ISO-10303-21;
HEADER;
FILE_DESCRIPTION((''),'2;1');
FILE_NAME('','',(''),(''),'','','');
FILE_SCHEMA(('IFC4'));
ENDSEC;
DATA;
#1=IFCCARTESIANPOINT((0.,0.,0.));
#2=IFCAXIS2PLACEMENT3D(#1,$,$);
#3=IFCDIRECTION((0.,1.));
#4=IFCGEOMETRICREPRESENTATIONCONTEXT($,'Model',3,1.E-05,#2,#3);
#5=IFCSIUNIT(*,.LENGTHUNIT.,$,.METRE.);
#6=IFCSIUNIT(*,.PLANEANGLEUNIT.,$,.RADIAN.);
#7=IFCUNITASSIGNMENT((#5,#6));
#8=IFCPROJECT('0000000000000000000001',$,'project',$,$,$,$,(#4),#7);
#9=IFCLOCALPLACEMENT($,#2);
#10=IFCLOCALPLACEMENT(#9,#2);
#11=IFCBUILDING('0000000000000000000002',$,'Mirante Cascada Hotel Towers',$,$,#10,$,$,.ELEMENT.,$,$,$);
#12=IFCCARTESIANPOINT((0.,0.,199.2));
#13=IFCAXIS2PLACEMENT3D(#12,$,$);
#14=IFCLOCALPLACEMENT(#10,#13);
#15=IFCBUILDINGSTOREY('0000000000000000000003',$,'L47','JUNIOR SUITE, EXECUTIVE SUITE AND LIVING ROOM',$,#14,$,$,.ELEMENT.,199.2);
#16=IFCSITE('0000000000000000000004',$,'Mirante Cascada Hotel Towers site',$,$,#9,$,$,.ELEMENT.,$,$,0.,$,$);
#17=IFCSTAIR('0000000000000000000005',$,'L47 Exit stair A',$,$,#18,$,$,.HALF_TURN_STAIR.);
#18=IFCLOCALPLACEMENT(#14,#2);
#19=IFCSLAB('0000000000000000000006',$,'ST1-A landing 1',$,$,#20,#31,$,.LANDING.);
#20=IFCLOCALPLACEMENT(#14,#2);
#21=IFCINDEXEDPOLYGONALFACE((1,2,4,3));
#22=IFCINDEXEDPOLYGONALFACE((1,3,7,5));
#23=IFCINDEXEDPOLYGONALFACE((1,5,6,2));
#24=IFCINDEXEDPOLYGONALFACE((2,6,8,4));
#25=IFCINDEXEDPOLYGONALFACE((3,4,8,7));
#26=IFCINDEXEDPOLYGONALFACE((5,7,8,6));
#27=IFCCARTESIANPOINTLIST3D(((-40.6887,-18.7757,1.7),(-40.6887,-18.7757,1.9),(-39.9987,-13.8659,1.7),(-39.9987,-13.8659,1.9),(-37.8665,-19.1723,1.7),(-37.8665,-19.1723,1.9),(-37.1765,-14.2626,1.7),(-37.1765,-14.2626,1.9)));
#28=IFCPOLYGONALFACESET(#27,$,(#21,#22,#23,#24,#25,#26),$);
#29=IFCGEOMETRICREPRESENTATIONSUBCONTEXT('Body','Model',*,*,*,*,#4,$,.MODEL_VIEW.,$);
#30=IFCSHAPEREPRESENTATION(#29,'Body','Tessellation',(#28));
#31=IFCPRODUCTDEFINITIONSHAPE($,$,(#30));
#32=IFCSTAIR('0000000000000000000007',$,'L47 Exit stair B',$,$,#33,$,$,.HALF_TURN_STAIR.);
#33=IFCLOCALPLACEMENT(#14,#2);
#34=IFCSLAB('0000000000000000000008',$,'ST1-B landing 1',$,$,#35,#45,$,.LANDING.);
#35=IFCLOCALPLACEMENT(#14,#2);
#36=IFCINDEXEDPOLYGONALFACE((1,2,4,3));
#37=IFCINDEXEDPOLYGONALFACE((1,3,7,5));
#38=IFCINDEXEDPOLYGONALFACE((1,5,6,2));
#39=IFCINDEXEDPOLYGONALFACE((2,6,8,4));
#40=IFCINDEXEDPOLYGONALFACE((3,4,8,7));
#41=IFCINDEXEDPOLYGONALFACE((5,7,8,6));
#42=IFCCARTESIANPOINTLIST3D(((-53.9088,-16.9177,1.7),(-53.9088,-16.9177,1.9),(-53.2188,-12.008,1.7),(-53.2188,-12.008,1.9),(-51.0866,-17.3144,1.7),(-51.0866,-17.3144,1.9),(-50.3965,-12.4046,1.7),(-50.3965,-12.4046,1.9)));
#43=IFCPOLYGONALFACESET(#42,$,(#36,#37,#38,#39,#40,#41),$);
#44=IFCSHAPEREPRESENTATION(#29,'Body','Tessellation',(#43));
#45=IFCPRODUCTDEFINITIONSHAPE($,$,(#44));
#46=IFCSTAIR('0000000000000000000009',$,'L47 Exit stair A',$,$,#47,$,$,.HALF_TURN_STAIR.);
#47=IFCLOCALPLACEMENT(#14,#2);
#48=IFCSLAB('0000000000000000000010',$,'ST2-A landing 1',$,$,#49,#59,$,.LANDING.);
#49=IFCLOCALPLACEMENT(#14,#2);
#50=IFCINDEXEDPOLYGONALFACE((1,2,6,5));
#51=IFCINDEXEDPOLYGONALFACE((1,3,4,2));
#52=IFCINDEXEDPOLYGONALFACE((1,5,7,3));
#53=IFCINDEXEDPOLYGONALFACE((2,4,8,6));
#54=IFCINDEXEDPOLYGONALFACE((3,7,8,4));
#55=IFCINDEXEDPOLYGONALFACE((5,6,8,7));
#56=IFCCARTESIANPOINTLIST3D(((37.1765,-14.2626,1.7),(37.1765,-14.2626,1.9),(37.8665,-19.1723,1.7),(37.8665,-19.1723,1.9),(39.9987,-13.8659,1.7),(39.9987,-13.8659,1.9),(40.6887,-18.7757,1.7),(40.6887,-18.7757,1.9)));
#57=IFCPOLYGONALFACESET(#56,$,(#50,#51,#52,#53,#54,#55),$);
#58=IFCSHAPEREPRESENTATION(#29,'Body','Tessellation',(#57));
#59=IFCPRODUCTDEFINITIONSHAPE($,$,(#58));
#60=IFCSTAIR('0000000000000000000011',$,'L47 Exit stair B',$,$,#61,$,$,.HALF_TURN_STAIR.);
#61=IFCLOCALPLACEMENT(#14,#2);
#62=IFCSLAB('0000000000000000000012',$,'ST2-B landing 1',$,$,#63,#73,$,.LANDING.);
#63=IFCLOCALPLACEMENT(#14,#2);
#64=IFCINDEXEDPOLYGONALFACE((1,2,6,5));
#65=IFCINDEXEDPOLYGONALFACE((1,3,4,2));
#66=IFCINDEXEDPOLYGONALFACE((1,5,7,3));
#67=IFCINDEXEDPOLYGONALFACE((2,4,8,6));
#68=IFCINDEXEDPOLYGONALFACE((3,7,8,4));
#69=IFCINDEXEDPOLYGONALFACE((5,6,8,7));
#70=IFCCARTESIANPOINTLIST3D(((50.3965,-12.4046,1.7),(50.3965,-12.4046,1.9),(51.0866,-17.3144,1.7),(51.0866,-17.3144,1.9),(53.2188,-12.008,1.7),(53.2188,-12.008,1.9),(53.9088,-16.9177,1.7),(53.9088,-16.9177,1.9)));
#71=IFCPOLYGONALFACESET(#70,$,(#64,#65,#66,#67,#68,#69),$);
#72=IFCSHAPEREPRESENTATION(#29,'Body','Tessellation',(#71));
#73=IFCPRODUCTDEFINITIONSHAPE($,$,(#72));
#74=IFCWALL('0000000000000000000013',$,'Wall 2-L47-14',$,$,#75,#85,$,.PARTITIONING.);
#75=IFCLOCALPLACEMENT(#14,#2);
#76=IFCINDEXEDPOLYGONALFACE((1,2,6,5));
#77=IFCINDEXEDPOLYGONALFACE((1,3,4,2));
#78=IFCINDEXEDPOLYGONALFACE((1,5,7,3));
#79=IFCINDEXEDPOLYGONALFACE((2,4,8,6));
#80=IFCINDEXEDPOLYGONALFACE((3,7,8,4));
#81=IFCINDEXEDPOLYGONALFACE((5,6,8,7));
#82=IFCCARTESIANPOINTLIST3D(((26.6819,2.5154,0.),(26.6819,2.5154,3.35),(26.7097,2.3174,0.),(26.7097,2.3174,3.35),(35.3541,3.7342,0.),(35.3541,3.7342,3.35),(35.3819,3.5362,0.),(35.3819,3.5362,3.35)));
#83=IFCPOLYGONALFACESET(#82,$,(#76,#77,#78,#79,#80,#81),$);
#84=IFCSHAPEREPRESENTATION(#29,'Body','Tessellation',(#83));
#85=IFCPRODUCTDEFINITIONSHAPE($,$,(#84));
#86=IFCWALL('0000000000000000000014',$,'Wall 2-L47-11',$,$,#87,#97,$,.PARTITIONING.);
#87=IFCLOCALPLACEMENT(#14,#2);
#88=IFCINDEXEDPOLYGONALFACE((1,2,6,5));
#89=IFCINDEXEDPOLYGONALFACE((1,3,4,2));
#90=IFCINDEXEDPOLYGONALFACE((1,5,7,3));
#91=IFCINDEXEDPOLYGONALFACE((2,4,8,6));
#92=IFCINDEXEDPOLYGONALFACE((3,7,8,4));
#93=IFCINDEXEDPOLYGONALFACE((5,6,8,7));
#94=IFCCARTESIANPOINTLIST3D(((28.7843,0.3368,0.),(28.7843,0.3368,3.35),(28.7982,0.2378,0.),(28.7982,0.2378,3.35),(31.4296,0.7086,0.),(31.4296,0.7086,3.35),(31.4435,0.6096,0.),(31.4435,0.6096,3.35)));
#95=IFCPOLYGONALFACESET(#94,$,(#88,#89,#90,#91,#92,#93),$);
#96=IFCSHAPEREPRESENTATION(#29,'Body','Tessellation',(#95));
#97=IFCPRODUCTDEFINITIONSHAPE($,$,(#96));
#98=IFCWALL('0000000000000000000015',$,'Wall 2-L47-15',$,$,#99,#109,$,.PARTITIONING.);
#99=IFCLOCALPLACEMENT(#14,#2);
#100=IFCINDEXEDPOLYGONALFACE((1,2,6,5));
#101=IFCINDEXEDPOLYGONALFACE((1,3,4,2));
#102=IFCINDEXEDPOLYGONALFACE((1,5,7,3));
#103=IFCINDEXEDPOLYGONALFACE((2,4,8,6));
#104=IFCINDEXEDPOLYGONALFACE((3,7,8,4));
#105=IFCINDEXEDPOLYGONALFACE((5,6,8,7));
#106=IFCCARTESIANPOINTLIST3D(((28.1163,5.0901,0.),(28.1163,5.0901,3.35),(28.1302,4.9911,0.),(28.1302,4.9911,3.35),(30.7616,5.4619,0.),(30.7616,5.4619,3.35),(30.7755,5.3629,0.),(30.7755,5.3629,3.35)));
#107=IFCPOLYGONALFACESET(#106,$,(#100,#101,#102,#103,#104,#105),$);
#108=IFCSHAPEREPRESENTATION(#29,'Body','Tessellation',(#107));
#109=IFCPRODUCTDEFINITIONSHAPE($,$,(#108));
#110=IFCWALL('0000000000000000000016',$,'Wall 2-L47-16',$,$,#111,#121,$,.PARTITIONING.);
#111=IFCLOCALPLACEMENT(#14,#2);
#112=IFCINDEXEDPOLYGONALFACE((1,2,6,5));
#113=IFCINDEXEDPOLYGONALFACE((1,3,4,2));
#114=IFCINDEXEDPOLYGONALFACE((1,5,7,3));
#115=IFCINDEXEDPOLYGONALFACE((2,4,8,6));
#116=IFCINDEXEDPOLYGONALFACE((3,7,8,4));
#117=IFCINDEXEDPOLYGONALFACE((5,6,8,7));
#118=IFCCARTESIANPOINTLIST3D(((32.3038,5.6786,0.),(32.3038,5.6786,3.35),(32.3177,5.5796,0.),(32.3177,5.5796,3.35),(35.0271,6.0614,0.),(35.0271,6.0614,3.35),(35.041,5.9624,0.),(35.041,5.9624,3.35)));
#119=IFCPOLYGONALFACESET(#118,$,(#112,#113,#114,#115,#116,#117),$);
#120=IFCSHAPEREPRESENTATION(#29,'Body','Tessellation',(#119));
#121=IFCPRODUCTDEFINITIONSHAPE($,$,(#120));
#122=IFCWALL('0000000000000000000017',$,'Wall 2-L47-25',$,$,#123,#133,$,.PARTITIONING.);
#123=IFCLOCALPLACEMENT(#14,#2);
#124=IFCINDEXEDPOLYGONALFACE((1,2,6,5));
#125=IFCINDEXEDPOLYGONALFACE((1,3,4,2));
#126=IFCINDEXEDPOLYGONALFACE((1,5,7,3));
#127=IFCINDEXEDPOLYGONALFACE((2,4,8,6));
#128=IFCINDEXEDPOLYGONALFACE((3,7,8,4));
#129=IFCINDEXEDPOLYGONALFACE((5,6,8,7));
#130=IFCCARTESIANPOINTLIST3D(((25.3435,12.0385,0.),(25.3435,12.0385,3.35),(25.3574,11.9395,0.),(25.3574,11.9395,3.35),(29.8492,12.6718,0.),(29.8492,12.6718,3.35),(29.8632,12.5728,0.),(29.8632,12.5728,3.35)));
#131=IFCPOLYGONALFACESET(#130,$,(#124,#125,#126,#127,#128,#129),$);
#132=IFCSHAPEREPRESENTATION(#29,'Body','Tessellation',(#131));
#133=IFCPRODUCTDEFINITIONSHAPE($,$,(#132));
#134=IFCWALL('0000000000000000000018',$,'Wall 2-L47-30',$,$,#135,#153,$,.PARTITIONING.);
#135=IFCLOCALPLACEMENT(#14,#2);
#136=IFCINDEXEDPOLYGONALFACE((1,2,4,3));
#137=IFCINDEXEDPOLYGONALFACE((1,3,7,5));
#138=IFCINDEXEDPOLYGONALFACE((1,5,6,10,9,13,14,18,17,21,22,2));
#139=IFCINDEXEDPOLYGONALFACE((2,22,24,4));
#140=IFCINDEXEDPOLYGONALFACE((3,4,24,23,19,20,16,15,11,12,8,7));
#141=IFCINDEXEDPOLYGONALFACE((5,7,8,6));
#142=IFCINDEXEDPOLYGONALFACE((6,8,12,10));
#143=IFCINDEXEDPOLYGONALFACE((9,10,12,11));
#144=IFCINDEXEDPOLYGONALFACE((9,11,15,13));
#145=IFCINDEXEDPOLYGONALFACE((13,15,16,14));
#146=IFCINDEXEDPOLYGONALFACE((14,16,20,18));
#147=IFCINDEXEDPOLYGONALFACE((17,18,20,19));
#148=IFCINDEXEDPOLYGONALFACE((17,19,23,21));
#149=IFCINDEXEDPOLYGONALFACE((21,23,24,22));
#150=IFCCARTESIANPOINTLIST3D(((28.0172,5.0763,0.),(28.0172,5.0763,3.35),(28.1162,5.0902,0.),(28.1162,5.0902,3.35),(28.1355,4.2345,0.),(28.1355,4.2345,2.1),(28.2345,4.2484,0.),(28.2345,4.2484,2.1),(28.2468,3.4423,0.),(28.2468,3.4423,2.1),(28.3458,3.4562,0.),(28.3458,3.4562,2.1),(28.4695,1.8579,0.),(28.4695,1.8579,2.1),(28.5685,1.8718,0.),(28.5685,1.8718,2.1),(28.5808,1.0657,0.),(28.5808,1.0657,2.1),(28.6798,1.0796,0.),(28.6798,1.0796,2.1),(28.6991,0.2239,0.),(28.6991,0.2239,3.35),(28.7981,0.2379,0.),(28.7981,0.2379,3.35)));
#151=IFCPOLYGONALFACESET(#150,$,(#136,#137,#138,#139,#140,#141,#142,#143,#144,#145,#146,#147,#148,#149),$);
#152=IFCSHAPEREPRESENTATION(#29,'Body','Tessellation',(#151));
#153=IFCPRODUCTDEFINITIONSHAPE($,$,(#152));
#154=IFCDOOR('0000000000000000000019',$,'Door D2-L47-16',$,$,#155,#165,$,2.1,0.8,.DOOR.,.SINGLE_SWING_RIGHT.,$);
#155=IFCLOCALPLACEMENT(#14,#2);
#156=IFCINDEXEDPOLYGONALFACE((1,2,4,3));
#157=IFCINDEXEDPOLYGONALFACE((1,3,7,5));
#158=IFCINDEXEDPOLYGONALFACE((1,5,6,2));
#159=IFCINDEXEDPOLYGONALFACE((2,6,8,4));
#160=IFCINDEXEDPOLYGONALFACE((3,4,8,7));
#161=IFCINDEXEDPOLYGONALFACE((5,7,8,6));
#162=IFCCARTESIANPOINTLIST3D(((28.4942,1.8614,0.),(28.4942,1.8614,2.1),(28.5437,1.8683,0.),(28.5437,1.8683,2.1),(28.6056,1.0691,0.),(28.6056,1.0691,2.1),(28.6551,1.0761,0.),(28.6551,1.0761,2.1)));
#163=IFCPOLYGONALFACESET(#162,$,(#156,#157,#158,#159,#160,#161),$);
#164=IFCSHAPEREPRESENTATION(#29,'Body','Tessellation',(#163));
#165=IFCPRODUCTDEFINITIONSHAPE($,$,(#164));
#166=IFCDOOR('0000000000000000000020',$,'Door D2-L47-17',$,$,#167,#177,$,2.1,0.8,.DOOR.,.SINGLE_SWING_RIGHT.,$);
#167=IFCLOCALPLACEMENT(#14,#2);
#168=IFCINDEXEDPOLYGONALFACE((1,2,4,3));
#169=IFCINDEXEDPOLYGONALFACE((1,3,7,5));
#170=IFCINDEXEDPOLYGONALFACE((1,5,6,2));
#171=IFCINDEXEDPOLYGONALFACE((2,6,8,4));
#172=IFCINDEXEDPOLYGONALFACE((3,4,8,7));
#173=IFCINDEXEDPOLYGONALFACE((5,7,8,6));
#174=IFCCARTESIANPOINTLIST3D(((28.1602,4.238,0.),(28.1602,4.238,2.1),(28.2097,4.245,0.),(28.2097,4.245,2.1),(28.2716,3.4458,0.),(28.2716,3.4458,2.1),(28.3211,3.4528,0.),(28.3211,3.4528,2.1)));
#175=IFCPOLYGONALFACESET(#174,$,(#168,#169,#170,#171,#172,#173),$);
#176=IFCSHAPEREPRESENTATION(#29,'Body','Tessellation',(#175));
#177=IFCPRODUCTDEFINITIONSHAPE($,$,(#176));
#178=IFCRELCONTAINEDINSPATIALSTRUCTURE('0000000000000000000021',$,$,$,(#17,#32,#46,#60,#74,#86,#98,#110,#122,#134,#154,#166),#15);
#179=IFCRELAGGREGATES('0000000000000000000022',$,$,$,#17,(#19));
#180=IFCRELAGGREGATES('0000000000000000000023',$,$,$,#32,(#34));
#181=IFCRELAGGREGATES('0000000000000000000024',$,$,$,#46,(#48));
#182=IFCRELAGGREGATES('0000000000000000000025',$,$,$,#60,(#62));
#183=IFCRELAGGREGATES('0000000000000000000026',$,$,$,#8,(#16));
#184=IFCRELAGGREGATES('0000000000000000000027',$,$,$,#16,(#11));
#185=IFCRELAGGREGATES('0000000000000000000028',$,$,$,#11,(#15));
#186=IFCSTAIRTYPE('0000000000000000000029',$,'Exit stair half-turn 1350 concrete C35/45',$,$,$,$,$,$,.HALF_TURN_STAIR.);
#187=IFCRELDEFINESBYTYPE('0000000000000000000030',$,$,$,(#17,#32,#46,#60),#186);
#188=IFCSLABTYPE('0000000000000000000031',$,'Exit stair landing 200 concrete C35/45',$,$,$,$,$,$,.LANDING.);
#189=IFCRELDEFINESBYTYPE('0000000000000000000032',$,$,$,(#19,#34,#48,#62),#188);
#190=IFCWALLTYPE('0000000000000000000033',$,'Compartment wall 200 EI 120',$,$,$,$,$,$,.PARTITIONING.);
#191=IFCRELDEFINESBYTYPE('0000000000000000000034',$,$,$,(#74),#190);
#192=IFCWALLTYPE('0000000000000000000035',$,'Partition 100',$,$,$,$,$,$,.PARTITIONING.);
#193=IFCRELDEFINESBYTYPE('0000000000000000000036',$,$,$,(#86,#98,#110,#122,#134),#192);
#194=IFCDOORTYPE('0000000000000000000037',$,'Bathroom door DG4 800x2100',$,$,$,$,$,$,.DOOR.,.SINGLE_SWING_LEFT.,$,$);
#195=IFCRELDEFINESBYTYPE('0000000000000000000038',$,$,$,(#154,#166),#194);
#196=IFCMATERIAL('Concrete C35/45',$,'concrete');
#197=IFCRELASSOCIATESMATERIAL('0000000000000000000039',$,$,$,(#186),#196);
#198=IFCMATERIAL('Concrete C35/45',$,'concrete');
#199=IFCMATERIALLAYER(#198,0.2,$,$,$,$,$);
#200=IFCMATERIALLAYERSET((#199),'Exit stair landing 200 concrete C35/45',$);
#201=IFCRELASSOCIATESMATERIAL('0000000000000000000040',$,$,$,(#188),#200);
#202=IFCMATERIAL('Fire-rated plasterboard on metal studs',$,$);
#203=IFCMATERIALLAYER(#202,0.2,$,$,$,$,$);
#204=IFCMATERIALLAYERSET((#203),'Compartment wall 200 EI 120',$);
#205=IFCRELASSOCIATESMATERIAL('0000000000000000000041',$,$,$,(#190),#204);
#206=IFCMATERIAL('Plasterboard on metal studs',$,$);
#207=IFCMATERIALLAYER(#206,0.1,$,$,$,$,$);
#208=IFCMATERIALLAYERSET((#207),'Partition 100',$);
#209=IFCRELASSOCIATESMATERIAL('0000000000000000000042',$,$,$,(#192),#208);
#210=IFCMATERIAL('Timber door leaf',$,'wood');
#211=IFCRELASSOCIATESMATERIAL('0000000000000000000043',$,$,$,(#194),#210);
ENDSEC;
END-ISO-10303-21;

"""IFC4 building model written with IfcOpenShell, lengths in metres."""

from ifc_helpers import new_model, si_unit, direction, frame, frame_2d, origin, place, context, subcontext, project, spatial, polyline, rectangle, outline, extrude, material, layer, layer_set, type_object, element, fill, aggregate, save


model = new_model("IFC4")

# Units and contexts
model_context = context("Model", 3, precision=1e-05, world=origin(), true_north=direction((0.0, 1.0)))
body_context = subcontext(model_context, "Body", "Model", "MODEL_VIEW")
ifc_project = project(units=[si_unit("LENGTHUNIT", "METRE"), si_unit("PLANEANGLEUNIT", "RADIAN")], contexts=[model_context])

# Site, building, storey
site_placement = place(None, origin())
site = spatial("IfcSite", under=ifc_project, at=site_placement, Name="Mirante Cascada Hotel Towers site", CompositionType="ELEMENT", RefElevation=0.0)
building_placement = place(site_placement, origin())
building = spatial("IfcBuilding", under=site, at=building_placement, Name="Mirante Cascada Hotel Towers", CompositionType="ELEMENT")
storey_placement = place(building_placement, frame((0.0, 0.0, 199.2)))
storey = spatial("IfcBuildingStorey", under=building, at=storey_placement, Name="L47", Description="JUNIOR SUITE, EXECUTIVE SUITE AND LIVING ROOM", CompositionType="ELEMENT", Elevation=199.2)

# Stairs, slabs
ifc_material_1 = material(Name="Concrete C35/45", Category="concrete")
stair_type = type_object("IfcStairType", Name="Exit stair half-turn 1350 concrete C35/45", PredefinedType="HALF_TURN_STAIR", material=ifc_material_1)
stair_1_placement = place(storey_placement, origin())
stair_1 = element("IfcStair", 1, at=stair_1_placement, inside=storey, type_object=stair_type, Name="L47 Exit stair A", PredefinedType="HALF_TURN_STAIR")
ifc_material_2 = material(Name="Concrete C35/45", Category="concrete")
ifc_layer_1 = layer(ifc_material_2, 0.2)
ifc_layer_set_1 = layer_set([ifc_layer_1], Name="Exit stair landing 200 concrete C35/45")
slab_type = type_object("IfcSlabType", Name="Exit stair landing 200 concrete C35/45", PredefinedType="LANDING", material=ifc_layer_set_1)
slab_1_placement = place(storey_placement, frame((0.0, 0.0, 1.7)))
slab_1 = element("IfcSlab", 2, at=slab_1_placement, type_object=slab_type, Name="ST1-A landing 1", PredefinedType="LANDING", context=body_context, shape_type="SweptSolid", body=[
    extrude(outline(polyline([(-39.9987, -13.8659), (-40.6887, -18.7757), (-37.8665, -19.1723), (-37.1765, -14.2626), (-39.9987, -13.8659)])), origin(), (0.0, 0.0, 1.0), 0.2),
])
aggregate(stair_1, [slab_1])
stair_2_placement = place(storey_placement, origin())
stair_2 = element("IfcStair", 3, at=stair_2_placement, inside=storey, type_object=stair_type, Name="L47 Exit stair B", PredefinedType="HALF_TURN_STAIR")
slab_2_placement = place(storey_placement, frame((0.0, 0.0, 1.7)))
slab_2 = element("IfcSlab", 4, at=slab_2_placement, type_object=slab_type, Name="ST1-B landing 1", PredefinedType="LANDING", context=body_context, shape_type="SweptSolid", body=[
    extrude(outline(polyline([(-53.2188, -12.008), (-53.9088, -16.9177), (-51.0866, -17.3144), (-50.3965, -12.4046), (-53.2188, -12.008)])), origin(), (0.0, 0.0, 1.0), 0.2),
])
aggregate(stair_2, [slab_2])
stair_3_placement = place(storey_placement, origin())
stair_3 = element("IfcStair", 5, at=stair_3_placement, inside=storey, type_object=stair_type, Name="L47 Exit stair A", PredefinedType="HALF_TURN_STAIR")
slab_3_placement = place(storey_placement, frame((0.0, 0.0, 1.7)))
slab_3 = element("IfcSlab", 6, at=slab_3_placement, type_object=slab_type, Name="ST2-A landing 1", PredefinedType="LANDING", context=body_context, shape_type="SweptSolid", body=[
    extrude(outline(polyline([(37.1765, -14.2626), (37.8665, -19.1723), (40.6887, -18.7757), (39.9987, -13.8659), (37.1765, -14.2626)])), origin(), (0.0, 0.0, 1.0), 0.2),
])
aggregate(stair_3, [slab_3])
stair_4_placement = place(storey_placement, origin())
stair_4 = element("IfcStair", 7, at=stair_4_placement, inside=storey, type_object=stair_type, Name="L47 Exit stair B", PredefinedType="HALF_TURN_STAIR")
slab_4_placement = place(storey_placement, frame((0.0, 0.0, 1.7)))
slab_4 = element("IfcSlab", 8, at=slab_4_placement, type_object=slab_type, Name="ST2-B landing 1", PredefinedType="LANDING", context=body_context, shape_type="SweptSolid", body=[
    extrude(outline(polyline([(50.3965, -12.4046), (51.0866, -17.3144), (53.9088, -16.9177), (53.2188, -12.008), (50.3965, -12.4046)])), origin(), (0.0, 0.0, 1.0), 0.2),
])
aggregate(stair_4, [slab_4])

# Walls
ifc_material_3 = material(Name="Fire-rated plasterboard on metal studs")
ifc_layer_2 = layer(ifc_material_3, 0.2)
ifc_layer_set_2 = layer_set([ifc_layer_2], Name="Compartment wall 200 EI 120")
wall_type_1 = type_object("IfcWallType", Name="Compartment wall 200 EI 120", PredefinedType="PARTITIONING", material=ifc_layer_set_2)
wall_1_placement = place(storey_placement, frame((26.6958, 2.4164, 0.0), z_axis=(0.0, 0.0, 1.0), x_axis=(0.990268, 0.139173, 0.0)))
element("IfcWall", 9, at=wall_1_placement, inside=storey, type_object=wall_type_1, Name="Wall 2-L47-14", PredefinedType="PARTITIONING", context=body_context, shape_type="SweptSolid", body=[
    extrude(rectangle(XDim=8.7574, YDim=0.2, at=frame_2d((4.3787, 0.0))), origin(), (0.0, 0.0, 1.0), 3.35),
])
ifc_material_4 = material(Name="Plasterboard on metal studs")
ifc_layer_3 = layer(ifc_material_4, 0.1)
ifc_layer_set_3 = layer_set([ifc_layer_3], Name="Partition 100")
wall_type_2 = type_object("IfcWallType", Name="Partition 100", PredefinedType="PARTITIONING", material=ifc_layer_set_3)
for number, where, z_axis, x_axis, name in (
    (10, (31.4365, 0.6591, 0.0), (0.0, 0.0, 1.0), (-0.990267, -0.139183, 0.0), "Wall 2-L47-11"),
    (11, (30.7685, 5.4124, 0.0), (0.0, 0.0, 1.0), (-0.990267, -0.139183, 0.0), "Wall 2-L47-15"),
):
    element("IfcWall", number, at=place(storey_placement, frame(where, z_axis=z_axis, x_axis=x_axis)), inside=storey, type_object=wall_type_2, Name=name, PredefinedType="PARTITIONING", context=body_context, shape_type="SweptSolid", body=[
        extrude(rectangle(XDim=2.6713, YDim=0.1, at=frame_2d((1.3356, 0.0))), origin(), (0.0, 0.0, 1.0), 3.35),
    ])
wall_2_placement = place(storey_placement, frame((32.3107, 5.6291, 0.0), z_axis=(0.0, 0.0, 1.0), x_axis=(0.990265, 0.139196, 0.0)))
element("IfcWall", 12, at=wall_2_placement, inside=storey, type_object=wall_type_2, Name="Wall 2-L47-16", PredefinedType="PARTITIONING", context=body_context, shape_type="SweptSolid", body=[
    extrude(rectangle(XDim=2.7501, YDim=0.1, at=frame_2d((1.3751, 0.0))), origin(), (0.0, 0.0, 1.0), 3.35),
])
wall_3_placement = place(storey_placement, frame((29.8562, 12.6223, 0.0), z_axis=(0.0, 0.0, 1.0), x_axis=(-0.990266, -0.139187, 0.0)))
element("IfcWall", 13, at=wall_3_placement, inside=storey, type_object=wall_type_2, Name="Wall 2-L47-25", PredefinedType="PARTITIONING", context=body_context, shape_type="SweptSolid", body=[
    extrude(rectangle(XDim=4.55, YDim=0.1, at=frame_2d((2.275, 0.0))), origin(), (0.0, 0.0, 1.0), 3.35),
])

# Wall, openings, doors
wall_4_placement = place(storey_placement, frame((28.7486, 0.2309, 0.0), z_axis=(0.0, 0.0, 1.0), x_axis=(-0.139164, 0.990269, 0.0)))
wall_4 = element("IfcWall", 14, at=wall_4_placement, inside=storey, type_object=wall_type_2, Name="Wall 2-L47-30", PredefinedType="PARTITIONING", context=body_context, shape_type="SweptSolid", body=[
    extrude(rectangle(XDim=4.9, YDim=0.1, at=frame_2d((2.45, 0.0))), origin(), (0.0, 0.0, 1.0), 3.35),
])
opening_1_placement = place(wall_4_placement, frame((0.85, 0.0, 0.0)))
opening_1 = element("IfcOpeningElement", 15, at=opening_1_placement, cuts=wall_4, PredefinedType="OPENING", context=body_context, shape_type="SweptSolid", body=[
    extrude(rectangle(XDim=0.8, YDim=2.1, at=frame_2d((0.4, 1.05))), frame((0.0, 0.05, 0.0), z_axis=(0.0, -1.0, 0.0), x_axis=(1.0, 0.0, 0.0)), (0.0, 0.0, 1.0), 0.1),
])
opening_2_placement = place(wall_4_placement, frame((3.25, 0.0, 0.0)))
opening_2 = element("IfcOpeningElement", 16, at=opening_2_placement, cuts=wall_4, PredefinedType="OPENING", context=body_context, shape_type="SweptSolid", body=[
    extrude(rectangle(XDim=0.8, YDim=2.1, at=frame_2d((0.4, 1.05))), frame((0.0, 0.05, 0.0), z_axis=(0.0, -1.0, 0.0), x_axis=(1.0, 0.0, 0.0)), (0.0, 0.0, 1.0), 0.1),
])
ifc_material_5 = material(Name="Timber door leaf", Category="wood")
door_type_1 = type_object("IfcDoorType", Name="Bathroom door DG4 800x2100", OperationType="SINGLE_SWING_LEFT", PredefinedType="DOOR", material=ifc_material_5)
door_1_placement = place(opening_1_placement, frame((0.8, 0.0, 0.0), z_axis=(0.0, 0.0, 1.0), x_axis=(-1.0, 0.0, 0.0)))
door_1 = element("IfcDoor", 17, at=door_1_placement, inside=storey, type_object=door_type_1, Name="Door D2-L47-16", OperationType="SINGLE_SWING_RIGHT", OverallHeight=2.1, OverallWidth=0.8, PredefinedType="DOOR", context=body_context, shape_type="SweptSolid", body=[
    extrude(rectangle(XDim=0.8, YDim=2.1, at=frame_2d((0.4, 1.05))), frame((0.0, 0.025, 0.0), z_axis=(0.0, -1.0, 0.0), x_axis=(1.0, 0.0, 0.0)), (0.0, 0.0, 1.0), 0.05),
])
fill(opening_1, door_1)
door_2_placement = place(opening_2_placement, frame((0.8, 0.0, 0.0), z_axis=(0.0, 0.0, 1.0), x_axis=(-1.0, 0.0, 0.0)))
door_2 = element("IfcDoor", 18, at=door_2_placement, inside=storey, type_object=door_type_1, Name="Door D2-L47-17", OperationType="SINGLE_SWING_RIGHT", OverallHeight=2.1, OverallWidth=0.8, PredefinedType="DOOR", context=body_context, shape_type="SweptSolid", body=[
    extrude(rectangle(XDim=0.8, YDim=2.1, at=frame_2d((0.4, 1.05))), frame((0.0, 0.025, 0.0), z_axis=(0.0, -1.0, 0.0), x_axis=(1.0, 0.0, 0.0)), (0.0, 0.0, 1.0), 0.05),
])
fill(opening_2, door_2)

save(model, "model.ifc")
